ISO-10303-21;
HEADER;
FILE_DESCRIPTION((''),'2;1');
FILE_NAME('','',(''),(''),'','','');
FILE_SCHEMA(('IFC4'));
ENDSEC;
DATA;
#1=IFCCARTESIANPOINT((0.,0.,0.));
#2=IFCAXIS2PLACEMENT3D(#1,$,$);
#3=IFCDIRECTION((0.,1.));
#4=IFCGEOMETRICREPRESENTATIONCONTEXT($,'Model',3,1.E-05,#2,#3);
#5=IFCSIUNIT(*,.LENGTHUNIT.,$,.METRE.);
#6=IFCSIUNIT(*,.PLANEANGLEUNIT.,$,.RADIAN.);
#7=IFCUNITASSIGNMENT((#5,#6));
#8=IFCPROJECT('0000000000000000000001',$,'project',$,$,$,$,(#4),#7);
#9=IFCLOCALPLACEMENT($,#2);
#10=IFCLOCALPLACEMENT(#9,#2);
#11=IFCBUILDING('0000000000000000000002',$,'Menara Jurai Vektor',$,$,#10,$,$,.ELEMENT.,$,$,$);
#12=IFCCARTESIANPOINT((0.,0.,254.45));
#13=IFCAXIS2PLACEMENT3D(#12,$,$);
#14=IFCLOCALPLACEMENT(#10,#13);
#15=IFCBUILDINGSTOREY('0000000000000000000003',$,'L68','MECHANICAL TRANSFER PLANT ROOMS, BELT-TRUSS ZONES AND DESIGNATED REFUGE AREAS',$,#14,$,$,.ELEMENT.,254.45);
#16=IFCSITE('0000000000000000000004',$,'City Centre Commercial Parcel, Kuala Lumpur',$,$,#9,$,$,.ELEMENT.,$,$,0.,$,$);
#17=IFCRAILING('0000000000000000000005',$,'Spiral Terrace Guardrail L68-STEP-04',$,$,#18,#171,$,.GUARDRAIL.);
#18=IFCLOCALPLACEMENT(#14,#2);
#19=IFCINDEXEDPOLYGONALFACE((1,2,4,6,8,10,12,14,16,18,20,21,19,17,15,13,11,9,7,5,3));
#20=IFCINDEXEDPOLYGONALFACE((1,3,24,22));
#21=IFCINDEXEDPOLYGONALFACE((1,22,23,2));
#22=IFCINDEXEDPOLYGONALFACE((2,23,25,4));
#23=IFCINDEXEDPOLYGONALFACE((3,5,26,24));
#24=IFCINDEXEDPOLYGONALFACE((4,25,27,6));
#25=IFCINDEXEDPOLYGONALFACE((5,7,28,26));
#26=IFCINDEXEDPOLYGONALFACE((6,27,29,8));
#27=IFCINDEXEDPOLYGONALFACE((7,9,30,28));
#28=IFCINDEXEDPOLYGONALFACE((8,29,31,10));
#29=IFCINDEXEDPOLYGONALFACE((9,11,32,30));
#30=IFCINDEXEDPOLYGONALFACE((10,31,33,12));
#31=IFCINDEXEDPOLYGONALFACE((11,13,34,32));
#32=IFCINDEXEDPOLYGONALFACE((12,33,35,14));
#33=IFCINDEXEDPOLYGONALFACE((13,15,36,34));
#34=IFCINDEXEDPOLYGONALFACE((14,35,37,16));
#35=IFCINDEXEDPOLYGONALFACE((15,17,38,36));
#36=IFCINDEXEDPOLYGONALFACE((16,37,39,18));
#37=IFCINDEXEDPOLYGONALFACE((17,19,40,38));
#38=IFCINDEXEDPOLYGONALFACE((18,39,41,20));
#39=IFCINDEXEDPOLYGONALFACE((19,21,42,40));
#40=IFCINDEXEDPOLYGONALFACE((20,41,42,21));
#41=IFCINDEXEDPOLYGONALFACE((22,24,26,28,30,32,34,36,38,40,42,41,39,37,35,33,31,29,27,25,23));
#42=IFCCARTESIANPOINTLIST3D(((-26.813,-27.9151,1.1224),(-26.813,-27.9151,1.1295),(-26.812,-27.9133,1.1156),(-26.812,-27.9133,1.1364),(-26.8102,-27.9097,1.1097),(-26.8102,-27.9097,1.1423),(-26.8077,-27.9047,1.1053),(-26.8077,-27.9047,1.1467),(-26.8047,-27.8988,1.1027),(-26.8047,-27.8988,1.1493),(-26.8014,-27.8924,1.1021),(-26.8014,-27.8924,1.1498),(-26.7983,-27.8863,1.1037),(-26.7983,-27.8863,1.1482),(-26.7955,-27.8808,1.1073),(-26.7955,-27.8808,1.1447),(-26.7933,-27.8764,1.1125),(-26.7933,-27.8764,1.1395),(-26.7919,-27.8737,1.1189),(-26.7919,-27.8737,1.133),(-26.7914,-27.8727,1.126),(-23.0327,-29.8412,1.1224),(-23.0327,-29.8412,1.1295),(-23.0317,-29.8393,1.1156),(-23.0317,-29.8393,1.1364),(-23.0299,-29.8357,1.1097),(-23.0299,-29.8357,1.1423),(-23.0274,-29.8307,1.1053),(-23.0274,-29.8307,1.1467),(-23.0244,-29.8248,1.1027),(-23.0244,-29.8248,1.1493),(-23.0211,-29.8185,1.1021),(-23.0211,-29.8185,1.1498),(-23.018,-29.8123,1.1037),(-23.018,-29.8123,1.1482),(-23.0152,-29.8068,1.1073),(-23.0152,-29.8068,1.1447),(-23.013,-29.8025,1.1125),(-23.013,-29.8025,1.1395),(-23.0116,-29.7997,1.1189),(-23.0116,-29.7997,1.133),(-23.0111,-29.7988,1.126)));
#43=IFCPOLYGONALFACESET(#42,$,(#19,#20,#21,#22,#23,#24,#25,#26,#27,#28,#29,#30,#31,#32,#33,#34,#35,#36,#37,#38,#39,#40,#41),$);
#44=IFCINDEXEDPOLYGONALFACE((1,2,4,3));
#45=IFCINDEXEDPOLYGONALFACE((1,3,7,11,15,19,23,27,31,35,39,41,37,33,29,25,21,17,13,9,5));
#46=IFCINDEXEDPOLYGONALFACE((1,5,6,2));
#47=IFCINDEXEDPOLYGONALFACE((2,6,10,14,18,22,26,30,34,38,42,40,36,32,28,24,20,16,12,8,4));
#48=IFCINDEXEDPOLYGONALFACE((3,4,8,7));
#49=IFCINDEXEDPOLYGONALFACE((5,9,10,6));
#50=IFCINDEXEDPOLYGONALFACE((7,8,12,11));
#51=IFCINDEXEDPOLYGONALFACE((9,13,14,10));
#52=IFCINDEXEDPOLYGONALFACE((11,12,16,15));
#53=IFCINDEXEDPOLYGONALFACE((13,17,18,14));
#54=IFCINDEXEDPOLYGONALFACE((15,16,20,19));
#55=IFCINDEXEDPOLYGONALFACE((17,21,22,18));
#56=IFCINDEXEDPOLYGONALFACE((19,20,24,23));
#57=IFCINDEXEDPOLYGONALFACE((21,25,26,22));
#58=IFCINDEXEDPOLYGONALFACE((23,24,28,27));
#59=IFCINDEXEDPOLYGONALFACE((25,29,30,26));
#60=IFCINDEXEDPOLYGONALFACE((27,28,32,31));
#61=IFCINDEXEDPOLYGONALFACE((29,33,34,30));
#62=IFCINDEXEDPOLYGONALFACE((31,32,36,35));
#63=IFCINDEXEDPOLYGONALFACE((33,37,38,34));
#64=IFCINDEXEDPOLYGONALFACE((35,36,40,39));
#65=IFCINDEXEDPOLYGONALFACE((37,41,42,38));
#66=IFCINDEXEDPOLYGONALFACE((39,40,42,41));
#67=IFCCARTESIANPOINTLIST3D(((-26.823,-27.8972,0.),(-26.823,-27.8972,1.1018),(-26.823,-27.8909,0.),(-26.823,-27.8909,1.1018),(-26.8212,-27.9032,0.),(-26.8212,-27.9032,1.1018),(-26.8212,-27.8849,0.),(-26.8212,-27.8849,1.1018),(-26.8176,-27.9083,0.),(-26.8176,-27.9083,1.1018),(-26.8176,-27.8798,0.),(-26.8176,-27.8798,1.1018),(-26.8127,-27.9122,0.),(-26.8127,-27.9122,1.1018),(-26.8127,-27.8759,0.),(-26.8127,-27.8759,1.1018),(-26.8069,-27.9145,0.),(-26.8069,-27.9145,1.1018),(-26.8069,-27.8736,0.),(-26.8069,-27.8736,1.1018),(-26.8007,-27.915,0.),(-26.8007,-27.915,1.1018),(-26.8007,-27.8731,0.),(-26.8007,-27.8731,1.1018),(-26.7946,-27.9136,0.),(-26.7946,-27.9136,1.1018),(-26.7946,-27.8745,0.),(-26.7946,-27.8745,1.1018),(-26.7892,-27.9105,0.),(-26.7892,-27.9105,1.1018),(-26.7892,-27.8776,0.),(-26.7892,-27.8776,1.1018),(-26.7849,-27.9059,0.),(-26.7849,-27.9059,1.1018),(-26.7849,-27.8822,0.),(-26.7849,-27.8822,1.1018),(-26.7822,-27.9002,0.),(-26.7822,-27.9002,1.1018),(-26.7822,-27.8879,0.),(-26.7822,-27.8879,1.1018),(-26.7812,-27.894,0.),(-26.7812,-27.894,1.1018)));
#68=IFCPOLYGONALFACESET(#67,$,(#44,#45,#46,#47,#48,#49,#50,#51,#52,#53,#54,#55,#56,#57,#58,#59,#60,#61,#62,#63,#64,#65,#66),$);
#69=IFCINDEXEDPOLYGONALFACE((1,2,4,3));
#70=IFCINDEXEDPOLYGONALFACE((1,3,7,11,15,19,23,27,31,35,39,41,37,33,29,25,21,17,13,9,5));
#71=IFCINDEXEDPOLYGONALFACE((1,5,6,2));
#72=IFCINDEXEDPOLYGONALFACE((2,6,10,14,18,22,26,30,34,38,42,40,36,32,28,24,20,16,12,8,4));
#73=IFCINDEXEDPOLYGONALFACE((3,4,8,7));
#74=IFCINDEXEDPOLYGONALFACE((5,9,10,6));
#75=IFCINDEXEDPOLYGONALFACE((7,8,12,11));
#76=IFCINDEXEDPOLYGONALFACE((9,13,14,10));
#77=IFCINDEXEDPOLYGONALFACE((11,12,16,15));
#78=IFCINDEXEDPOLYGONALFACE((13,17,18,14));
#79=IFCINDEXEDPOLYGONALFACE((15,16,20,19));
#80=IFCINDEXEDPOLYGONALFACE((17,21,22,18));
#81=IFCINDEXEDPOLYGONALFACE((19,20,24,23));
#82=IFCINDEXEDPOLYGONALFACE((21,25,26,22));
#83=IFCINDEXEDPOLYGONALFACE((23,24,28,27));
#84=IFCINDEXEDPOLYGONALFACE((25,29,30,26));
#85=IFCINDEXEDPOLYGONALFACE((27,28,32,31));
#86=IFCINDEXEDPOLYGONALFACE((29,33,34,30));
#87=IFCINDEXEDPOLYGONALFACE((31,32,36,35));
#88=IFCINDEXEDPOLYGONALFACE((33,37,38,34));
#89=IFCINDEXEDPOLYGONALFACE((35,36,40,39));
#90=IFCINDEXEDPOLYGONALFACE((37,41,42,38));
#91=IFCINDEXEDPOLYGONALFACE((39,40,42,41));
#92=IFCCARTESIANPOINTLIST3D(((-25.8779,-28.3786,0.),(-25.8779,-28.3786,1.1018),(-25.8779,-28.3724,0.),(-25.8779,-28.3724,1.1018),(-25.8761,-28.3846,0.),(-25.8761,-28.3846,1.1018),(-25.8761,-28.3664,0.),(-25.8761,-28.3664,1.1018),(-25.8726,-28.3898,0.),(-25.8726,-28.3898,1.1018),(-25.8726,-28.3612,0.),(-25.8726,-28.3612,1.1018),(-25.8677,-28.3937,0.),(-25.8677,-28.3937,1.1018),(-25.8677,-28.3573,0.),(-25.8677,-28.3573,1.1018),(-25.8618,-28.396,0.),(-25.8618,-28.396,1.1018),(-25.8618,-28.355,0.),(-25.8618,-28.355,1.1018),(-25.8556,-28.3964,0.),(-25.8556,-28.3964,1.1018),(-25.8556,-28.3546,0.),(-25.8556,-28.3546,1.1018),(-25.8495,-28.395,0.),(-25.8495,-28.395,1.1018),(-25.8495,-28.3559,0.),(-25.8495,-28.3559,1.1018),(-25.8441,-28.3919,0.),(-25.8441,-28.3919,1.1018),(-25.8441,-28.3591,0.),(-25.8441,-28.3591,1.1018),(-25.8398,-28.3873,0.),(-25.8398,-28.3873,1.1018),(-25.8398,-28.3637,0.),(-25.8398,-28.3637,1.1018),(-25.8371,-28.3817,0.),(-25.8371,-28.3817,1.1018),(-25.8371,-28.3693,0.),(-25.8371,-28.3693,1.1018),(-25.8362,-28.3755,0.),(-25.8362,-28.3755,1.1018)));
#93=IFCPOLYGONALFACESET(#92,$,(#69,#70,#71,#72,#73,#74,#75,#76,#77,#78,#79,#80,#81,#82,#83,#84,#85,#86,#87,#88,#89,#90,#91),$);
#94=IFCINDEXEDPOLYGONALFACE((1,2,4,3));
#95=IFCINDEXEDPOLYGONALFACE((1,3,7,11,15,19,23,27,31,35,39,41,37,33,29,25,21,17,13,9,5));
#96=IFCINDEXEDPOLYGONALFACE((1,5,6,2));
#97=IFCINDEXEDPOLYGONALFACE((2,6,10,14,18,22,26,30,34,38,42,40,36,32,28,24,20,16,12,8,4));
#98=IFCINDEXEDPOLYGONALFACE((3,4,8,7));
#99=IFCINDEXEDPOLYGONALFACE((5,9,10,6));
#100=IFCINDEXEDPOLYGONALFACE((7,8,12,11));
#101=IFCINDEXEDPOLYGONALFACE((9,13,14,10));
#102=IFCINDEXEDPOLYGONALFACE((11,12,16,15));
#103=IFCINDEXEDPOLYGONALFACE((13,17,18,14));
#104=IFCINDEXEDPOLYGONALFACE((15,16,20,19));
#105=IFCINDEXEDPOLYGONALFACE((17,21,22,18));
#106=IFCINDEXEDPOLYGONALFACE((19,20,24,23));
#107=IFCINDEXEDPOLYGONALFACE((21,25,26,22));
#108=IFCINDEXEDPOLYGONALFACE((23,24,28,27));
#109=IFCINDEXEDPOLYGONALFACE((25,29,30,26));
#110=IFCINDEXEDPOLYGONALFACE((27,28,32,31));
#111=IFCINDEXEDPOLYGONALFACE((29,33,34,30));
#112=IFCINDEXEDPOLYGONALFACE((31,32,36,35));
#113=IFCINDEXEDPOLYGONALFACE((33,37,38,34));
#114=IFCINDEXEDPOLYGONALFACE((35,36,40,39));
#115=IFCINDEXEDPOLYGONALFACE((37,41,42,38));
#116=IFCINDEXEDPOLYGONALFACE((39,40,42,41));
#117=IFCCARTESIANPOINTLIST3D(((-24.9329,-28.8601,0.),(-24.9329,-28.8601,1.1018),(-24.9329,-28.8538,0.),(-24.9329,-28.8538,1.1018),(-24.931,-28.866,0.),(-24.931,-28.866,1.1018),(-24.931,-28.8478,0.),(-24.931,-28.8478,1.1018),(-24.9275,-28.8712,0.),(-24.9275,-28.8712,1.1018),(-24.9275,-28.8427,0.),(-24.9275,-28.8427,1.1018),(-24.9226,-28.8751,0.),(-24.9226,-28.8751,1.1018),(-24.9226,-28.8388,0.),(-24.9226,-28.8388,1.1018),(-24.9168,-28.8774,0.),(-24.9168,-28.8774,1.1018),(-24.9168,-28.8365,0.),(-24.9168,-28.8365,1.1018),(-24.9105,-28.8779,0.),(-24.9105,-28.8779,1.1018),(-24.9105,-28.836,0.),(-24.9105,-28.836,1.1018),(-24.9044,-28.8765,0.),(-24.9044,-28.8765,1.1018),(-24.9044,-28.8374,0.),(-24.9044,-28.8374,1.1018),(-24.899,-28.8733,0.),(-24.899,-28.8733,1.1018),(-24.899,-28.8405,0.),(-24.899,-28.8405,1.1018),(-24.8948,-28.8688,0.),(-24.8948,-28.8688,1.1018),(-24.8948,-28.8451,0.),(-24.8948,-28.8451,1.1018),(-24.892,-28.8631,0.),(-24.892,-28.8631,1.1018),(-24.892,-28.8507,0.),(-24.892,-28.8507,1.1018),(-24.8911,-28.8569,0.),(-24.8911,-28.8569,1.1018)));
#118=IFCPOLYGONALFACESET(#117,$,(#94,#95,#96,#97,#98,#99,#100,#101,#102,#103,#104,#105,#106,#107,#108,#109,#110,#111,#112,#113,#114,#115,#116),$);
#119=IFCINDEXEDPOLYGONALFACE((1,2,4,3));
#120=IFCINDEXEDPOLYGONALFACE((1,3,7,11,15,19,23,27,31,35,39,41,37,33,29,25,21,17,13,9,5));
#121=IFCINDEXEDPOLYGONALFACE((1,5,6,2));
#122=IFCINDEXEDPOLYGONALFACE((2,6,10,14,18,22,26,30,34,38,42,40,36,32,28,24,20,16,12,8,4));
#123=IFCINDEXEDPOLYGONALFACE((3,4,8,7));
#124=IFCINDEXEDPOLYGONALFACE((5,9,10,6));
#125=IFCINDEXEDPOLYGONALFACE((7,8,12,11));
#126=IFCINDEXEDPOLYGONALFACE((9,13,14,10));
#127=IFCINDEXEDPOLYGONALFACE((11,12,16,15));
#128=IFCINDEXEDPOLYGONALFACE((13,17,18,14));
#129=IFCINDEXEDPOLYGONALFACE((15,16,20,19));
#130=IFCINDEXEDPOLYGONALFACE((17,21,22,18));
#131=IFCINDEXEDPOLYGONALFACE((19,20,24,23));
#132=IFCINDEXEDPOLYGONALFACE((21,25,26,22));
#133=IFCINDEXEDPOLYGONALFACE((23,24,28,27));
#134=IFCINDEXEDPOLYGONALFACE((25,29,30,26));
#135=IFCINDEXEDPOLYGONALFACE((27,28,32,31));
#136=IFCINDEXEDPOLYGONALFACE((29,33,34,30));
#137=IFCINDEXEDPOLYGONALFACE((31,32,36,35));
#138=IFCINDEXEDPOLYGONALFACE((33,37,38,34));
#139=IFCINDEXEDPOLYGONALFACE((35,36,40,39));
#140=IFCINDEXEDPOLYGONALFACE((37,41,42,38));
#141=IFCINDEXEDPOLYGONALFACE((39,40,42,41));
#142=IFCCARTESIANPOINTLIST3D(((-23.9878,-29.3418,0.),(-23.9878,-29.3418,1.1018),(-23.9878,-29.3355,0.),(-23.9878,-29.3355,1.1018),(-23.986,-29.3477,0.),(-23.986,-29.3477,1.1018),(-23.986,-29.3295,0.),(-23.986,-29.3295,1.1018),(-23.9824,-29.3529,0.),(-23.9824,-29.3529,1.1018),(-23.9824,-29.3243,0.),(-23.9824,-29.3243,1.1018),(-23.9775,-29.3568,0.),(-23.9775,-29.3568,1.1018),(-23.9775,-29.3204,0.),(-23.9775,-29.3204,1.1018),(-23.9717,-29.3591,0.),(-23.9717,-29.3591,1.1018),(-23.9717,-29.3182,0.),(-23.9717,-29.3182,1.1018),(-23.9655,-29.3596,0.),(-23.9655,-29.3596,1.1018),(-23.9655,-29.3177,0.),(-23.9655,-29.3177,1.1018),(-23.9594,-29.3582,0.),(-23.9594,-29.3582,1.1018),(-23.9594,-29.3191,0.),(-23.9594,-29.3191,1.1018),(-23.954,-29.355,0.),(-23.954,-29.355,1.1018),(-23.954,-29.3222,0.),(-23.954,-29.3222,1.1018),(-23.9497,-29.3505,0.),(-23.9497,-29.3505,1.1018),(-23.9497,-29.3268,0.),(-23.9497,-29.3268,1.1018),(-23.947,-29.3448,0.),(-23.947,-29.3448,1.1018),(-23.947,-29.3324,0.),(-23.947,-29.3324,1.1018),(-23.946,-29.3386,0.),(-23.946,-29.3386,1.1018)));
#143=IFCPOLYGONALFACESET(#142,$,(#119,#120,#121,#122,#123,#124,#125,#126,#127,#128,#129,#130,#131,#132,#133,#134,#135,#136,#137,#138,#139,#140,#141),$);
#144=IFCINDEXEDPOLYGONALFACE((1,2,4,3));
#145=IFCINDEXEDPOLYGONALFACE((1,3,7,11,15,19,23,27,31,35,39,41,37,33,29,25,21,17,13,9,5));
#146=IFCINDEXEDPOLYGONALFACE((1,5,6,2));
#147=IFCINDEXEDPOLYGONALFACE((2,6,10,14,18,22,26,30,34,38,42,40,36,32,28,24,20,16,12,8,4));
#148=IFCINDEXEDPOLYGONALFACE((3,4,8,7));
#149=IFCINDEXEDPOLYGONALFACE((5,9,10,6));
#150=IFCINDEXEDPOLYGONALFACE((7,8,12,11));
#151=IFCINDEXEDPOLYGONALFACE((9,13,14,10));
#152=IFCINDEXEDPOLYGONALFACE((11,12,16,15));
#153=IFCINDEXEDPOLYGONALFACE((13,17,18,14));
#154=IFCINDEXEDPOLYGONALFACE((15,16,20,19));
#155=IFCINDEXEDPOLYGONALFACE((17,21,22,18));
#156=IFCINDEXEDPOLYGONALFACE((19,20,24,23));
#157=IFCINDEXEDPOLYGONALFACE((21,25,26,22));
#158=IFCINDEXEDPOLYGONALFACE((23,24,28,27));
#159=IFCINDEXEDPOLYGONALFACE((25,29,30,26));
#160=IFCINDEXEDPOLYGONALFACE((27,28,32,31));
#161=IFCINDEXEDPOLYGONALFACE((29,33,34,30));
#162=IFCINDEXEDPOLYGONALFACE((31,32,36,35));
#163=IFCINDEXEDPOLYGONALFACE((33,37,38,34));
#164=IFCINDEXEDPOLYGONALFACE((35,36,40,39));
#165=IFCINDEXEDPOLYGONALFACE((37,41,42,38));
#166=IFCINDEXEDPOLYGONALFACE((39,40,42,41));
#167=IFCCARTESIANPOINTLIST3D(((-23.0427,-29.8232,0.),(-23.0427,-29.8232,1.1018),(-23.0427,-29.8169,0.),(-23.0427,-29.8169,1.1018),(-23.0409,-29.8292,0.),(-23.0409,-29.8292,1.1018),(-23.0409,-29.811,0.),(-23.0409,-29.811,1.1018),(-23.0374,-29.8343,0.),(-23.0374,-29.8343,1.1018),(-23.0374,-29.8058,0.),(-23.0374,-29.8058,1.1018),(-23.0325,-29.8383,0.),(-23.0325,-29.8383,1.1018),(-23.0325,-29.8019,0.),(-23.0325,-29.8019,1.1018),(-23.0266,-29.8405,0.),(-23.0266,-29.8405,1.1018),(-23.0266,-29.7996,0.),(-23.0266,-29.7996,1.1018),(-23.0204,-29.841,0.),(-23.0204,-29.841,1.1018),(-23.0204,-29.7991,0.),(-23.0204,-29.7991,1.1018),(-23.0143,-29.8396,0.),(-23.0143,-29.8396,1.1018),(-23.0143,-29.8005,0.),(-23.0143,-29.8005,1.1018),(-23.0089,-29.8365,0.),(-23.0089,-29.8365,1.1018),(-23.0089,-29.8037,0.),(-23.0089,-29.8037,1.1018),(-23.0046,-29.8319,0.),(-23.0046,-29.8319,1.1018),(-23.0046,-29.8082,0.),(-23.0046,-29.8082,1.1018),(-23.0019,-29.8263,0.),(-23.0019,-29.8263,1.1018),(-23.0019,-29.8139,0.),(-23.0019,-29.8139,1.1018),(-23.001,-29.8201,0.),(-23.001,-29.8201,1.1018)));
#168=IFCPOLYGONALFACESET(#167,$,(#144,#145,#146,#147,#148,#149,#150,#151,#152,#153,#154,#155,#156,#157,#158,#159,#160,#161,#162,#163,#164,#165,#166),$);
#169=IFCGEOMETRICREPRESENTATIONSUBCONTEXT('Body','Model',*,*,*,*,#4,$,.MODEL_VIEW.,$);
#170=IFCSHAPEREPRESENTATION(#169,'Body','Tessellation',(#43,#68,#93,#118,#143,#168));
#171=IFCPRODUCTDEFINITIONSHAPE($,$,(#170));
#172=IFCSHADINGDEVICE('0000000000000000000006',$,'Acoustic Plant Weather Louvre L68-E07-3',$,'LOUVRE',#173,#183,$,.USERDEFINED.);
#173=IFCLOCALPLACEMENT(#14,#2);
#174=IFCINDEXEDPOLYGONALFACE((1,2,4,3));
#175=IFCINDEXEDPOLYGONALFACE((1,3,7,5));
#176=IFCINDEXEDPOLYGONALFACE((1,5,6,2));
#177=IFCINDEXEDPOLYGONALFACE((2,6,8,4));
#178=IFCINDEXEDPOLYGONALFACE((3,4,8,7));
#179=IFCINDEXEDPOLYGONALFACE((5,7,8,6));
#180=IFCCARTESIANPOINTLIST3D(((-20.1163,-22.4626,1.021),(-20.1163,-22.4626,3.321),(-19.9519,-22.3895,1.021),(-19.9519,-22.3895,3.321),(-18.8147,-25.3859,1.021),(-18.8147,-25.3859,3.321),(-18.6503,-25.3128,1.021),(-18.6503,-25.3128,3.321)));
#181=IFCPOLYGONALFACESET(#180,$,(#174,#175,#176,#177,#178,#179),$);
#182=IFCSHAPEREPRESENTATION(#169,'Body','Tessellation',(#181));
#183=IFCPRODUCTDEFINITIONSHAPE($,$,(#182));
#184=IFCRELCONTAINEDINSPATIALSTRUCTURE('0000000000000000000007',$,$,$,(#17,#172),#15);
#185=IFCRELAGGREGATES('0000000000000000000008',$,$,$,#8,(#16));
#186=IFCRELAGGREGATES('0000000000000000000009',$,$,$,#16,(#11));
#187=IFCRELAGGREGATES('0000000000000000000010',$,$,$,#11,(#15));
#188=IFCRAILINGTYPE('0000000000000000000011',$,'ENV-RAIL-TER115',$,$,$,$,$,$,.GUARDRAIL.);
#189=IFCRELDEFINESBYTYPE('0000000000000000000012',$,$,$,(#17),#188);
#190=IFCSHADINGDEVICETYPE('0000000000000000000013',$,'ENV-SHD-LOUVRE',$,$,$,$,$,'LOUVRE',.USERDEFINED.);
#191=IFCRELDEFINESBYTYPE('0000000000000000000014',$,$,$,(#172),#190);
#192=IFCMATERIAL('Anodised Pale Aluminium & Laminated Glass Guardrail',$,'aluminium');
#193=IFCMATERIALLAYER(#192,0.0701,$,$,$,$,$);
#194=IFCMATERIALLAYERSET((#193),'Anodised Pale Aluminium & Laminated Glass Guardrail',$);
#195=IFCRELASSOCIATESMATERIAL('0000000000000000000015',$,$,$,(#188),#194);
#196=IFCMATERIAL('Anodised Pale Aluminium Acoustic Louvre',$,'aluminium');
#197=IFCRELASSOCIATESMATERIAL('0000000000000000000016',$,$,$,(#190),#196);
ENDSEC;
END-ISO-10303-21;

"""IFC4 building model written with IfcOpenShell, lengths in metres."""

from ifc_helpers import new_model, si_unit, direction, frame, origin, origin_2d, place, context, subcontext, project, spatial, rectangle, circle, extrude, material, layer, layer_set, type_object, element, save


model = new_model("IFC4")

# Units and contexts
model_context = context("Model", 3, precision=1e-05, world=origin(), true_north=direction((0.0, 1.0)))
body_context = subcontext(model_context, "Body", "Model", "MODEL_VIEW")
ifc_project = project(units=[si_unit("LENGTHUNIT", "METRE"), si_unit("PLANEANGLEUNIT", "RADIAN")], contexts=[model_context])

# Site, building, storey
site_placement = place(None, origin())
site = spatial("IfcSite", under=ifc_project, at=site_placement, Name="City Centre Commercial Parcel, Kuala Lumpur", CompositionType="ELEMENT", RefElevation=0.0)
building_placement = place(site_placement, origin())
building = spatial("IfcBuilding", under=site, at=building_placement, Name="Menara Jurai Vektor", CompositionType="ELEMENT")
storey_placement = place(building_placement, frame((0.0, 0.0, 254.45)))
storey = spatial("IfcBuildingStorey", under=building, at=storey_placement, Name="L68", Description="MECHANICAL TRANSFER PLANT ROOMS, BELT-TRUSS ZONES AND DESIGNATED REFUGE AREAS", CompositionType="ELEMENT", Elevation=254.45)

# Railing
ifc_material_1 = material(Name="Anodised Pale Aluminium & Laminated Glass Guardrail", Category="aluminium")
ifc_layer_1 = layer(ifc_material_1, 0.0701)
ifc_layer_set_1 = layer_set([ifc_layer_1], Name="Anodised Pale Aluminium & Laminated Glass Guardrail")
railing_type = type_object("IfcRailingType", Name="ENV-RAIL-TER115", PredefinedType="GUARDRAIL", material=ifc_layer_set_1)
railing_1_placement = place(storey_placement, frame((-26.8022, -27.894, 0.0)))
element("IfcRailing", 1, at=railing_1_placement, inside=storey, type_object=railing_type, Name="Spiral Terrace Guardrail L68-STEP-04", PredefinedType="GUARDRAIL", context=body_context, shape_type="SweptSolid", body=[
    extrude(circle(Radius=0.0239, at=origin_2d()), frame((0.0, 0.0, 1.126), z_axis=(0.891018, -0.453968, 0.0), x_axis=(0.453968, 0.891018, 0.0)), (0.0, 0.0, 1.0), 4.2427),
    extrude(circle(Radius=0.021, at=origin_2d()), origin(), (0.0, 0.0, 1.0), 1.1018),
    extrude(circle(Radius=0.021, at=origin_2d()), frame((0.9451, -0.4814, 0.0)), (0.0, 0.0, 1.0), 1.1018),
    extrude(circle(Radius=0.021, at=origin_2d()), frame((1.8901, -0.9629, 0.0)), (0.0, 0.0, 1.0), 1.1018),
    extrude(circle(Radius=0.021, at=origin_2d()), frame((2.8352, -1.4446, 0.0)), (0.0, 0.0, 1.0), 1.1018),
    extrude(circle(Radius=0.021, at=origin_2d()), frame((3.7803, -1.926, 0.0)), (0.0, 0.0, 1.0), 1.1018),
])

# Shading device
ifc_material_2 = material(Name="Anodised Pale Aluminium Acoustic Louvre", Category="aluminium")
shading_device_type = type_object("IfcShadingDeviceType", Name="ENV-SHD-LOUVRE", ElementType="LOUVRE", PredefinedType="USERDEFINED", material=ifc_material_2)
shading_device_placement = place(storey_placement, frame((-19.3833, -23.8877, 1.021), z_axis=(0.0, 0.0, 1.0), x_axis=(0.406737, -0.913545, 0.0)))
element("IfcShadingDevice", 2, at=shading_device_placement, inside=storey, type_object=shading_device_type, Name="Acoustic Plant Weather Louvre L68-E07-3", ObjectType="LOUVRE", PredefinedType="USERDEFINED", context=body_context, shape_type="SweptSolid", body=[
    extrude(rectangle(XDim=3.2, YDim=0.1799, at=origin_2d()), origin(), (0.0, 0.0, 1.0), 2.3),
])

save(model, "model.ifc")
